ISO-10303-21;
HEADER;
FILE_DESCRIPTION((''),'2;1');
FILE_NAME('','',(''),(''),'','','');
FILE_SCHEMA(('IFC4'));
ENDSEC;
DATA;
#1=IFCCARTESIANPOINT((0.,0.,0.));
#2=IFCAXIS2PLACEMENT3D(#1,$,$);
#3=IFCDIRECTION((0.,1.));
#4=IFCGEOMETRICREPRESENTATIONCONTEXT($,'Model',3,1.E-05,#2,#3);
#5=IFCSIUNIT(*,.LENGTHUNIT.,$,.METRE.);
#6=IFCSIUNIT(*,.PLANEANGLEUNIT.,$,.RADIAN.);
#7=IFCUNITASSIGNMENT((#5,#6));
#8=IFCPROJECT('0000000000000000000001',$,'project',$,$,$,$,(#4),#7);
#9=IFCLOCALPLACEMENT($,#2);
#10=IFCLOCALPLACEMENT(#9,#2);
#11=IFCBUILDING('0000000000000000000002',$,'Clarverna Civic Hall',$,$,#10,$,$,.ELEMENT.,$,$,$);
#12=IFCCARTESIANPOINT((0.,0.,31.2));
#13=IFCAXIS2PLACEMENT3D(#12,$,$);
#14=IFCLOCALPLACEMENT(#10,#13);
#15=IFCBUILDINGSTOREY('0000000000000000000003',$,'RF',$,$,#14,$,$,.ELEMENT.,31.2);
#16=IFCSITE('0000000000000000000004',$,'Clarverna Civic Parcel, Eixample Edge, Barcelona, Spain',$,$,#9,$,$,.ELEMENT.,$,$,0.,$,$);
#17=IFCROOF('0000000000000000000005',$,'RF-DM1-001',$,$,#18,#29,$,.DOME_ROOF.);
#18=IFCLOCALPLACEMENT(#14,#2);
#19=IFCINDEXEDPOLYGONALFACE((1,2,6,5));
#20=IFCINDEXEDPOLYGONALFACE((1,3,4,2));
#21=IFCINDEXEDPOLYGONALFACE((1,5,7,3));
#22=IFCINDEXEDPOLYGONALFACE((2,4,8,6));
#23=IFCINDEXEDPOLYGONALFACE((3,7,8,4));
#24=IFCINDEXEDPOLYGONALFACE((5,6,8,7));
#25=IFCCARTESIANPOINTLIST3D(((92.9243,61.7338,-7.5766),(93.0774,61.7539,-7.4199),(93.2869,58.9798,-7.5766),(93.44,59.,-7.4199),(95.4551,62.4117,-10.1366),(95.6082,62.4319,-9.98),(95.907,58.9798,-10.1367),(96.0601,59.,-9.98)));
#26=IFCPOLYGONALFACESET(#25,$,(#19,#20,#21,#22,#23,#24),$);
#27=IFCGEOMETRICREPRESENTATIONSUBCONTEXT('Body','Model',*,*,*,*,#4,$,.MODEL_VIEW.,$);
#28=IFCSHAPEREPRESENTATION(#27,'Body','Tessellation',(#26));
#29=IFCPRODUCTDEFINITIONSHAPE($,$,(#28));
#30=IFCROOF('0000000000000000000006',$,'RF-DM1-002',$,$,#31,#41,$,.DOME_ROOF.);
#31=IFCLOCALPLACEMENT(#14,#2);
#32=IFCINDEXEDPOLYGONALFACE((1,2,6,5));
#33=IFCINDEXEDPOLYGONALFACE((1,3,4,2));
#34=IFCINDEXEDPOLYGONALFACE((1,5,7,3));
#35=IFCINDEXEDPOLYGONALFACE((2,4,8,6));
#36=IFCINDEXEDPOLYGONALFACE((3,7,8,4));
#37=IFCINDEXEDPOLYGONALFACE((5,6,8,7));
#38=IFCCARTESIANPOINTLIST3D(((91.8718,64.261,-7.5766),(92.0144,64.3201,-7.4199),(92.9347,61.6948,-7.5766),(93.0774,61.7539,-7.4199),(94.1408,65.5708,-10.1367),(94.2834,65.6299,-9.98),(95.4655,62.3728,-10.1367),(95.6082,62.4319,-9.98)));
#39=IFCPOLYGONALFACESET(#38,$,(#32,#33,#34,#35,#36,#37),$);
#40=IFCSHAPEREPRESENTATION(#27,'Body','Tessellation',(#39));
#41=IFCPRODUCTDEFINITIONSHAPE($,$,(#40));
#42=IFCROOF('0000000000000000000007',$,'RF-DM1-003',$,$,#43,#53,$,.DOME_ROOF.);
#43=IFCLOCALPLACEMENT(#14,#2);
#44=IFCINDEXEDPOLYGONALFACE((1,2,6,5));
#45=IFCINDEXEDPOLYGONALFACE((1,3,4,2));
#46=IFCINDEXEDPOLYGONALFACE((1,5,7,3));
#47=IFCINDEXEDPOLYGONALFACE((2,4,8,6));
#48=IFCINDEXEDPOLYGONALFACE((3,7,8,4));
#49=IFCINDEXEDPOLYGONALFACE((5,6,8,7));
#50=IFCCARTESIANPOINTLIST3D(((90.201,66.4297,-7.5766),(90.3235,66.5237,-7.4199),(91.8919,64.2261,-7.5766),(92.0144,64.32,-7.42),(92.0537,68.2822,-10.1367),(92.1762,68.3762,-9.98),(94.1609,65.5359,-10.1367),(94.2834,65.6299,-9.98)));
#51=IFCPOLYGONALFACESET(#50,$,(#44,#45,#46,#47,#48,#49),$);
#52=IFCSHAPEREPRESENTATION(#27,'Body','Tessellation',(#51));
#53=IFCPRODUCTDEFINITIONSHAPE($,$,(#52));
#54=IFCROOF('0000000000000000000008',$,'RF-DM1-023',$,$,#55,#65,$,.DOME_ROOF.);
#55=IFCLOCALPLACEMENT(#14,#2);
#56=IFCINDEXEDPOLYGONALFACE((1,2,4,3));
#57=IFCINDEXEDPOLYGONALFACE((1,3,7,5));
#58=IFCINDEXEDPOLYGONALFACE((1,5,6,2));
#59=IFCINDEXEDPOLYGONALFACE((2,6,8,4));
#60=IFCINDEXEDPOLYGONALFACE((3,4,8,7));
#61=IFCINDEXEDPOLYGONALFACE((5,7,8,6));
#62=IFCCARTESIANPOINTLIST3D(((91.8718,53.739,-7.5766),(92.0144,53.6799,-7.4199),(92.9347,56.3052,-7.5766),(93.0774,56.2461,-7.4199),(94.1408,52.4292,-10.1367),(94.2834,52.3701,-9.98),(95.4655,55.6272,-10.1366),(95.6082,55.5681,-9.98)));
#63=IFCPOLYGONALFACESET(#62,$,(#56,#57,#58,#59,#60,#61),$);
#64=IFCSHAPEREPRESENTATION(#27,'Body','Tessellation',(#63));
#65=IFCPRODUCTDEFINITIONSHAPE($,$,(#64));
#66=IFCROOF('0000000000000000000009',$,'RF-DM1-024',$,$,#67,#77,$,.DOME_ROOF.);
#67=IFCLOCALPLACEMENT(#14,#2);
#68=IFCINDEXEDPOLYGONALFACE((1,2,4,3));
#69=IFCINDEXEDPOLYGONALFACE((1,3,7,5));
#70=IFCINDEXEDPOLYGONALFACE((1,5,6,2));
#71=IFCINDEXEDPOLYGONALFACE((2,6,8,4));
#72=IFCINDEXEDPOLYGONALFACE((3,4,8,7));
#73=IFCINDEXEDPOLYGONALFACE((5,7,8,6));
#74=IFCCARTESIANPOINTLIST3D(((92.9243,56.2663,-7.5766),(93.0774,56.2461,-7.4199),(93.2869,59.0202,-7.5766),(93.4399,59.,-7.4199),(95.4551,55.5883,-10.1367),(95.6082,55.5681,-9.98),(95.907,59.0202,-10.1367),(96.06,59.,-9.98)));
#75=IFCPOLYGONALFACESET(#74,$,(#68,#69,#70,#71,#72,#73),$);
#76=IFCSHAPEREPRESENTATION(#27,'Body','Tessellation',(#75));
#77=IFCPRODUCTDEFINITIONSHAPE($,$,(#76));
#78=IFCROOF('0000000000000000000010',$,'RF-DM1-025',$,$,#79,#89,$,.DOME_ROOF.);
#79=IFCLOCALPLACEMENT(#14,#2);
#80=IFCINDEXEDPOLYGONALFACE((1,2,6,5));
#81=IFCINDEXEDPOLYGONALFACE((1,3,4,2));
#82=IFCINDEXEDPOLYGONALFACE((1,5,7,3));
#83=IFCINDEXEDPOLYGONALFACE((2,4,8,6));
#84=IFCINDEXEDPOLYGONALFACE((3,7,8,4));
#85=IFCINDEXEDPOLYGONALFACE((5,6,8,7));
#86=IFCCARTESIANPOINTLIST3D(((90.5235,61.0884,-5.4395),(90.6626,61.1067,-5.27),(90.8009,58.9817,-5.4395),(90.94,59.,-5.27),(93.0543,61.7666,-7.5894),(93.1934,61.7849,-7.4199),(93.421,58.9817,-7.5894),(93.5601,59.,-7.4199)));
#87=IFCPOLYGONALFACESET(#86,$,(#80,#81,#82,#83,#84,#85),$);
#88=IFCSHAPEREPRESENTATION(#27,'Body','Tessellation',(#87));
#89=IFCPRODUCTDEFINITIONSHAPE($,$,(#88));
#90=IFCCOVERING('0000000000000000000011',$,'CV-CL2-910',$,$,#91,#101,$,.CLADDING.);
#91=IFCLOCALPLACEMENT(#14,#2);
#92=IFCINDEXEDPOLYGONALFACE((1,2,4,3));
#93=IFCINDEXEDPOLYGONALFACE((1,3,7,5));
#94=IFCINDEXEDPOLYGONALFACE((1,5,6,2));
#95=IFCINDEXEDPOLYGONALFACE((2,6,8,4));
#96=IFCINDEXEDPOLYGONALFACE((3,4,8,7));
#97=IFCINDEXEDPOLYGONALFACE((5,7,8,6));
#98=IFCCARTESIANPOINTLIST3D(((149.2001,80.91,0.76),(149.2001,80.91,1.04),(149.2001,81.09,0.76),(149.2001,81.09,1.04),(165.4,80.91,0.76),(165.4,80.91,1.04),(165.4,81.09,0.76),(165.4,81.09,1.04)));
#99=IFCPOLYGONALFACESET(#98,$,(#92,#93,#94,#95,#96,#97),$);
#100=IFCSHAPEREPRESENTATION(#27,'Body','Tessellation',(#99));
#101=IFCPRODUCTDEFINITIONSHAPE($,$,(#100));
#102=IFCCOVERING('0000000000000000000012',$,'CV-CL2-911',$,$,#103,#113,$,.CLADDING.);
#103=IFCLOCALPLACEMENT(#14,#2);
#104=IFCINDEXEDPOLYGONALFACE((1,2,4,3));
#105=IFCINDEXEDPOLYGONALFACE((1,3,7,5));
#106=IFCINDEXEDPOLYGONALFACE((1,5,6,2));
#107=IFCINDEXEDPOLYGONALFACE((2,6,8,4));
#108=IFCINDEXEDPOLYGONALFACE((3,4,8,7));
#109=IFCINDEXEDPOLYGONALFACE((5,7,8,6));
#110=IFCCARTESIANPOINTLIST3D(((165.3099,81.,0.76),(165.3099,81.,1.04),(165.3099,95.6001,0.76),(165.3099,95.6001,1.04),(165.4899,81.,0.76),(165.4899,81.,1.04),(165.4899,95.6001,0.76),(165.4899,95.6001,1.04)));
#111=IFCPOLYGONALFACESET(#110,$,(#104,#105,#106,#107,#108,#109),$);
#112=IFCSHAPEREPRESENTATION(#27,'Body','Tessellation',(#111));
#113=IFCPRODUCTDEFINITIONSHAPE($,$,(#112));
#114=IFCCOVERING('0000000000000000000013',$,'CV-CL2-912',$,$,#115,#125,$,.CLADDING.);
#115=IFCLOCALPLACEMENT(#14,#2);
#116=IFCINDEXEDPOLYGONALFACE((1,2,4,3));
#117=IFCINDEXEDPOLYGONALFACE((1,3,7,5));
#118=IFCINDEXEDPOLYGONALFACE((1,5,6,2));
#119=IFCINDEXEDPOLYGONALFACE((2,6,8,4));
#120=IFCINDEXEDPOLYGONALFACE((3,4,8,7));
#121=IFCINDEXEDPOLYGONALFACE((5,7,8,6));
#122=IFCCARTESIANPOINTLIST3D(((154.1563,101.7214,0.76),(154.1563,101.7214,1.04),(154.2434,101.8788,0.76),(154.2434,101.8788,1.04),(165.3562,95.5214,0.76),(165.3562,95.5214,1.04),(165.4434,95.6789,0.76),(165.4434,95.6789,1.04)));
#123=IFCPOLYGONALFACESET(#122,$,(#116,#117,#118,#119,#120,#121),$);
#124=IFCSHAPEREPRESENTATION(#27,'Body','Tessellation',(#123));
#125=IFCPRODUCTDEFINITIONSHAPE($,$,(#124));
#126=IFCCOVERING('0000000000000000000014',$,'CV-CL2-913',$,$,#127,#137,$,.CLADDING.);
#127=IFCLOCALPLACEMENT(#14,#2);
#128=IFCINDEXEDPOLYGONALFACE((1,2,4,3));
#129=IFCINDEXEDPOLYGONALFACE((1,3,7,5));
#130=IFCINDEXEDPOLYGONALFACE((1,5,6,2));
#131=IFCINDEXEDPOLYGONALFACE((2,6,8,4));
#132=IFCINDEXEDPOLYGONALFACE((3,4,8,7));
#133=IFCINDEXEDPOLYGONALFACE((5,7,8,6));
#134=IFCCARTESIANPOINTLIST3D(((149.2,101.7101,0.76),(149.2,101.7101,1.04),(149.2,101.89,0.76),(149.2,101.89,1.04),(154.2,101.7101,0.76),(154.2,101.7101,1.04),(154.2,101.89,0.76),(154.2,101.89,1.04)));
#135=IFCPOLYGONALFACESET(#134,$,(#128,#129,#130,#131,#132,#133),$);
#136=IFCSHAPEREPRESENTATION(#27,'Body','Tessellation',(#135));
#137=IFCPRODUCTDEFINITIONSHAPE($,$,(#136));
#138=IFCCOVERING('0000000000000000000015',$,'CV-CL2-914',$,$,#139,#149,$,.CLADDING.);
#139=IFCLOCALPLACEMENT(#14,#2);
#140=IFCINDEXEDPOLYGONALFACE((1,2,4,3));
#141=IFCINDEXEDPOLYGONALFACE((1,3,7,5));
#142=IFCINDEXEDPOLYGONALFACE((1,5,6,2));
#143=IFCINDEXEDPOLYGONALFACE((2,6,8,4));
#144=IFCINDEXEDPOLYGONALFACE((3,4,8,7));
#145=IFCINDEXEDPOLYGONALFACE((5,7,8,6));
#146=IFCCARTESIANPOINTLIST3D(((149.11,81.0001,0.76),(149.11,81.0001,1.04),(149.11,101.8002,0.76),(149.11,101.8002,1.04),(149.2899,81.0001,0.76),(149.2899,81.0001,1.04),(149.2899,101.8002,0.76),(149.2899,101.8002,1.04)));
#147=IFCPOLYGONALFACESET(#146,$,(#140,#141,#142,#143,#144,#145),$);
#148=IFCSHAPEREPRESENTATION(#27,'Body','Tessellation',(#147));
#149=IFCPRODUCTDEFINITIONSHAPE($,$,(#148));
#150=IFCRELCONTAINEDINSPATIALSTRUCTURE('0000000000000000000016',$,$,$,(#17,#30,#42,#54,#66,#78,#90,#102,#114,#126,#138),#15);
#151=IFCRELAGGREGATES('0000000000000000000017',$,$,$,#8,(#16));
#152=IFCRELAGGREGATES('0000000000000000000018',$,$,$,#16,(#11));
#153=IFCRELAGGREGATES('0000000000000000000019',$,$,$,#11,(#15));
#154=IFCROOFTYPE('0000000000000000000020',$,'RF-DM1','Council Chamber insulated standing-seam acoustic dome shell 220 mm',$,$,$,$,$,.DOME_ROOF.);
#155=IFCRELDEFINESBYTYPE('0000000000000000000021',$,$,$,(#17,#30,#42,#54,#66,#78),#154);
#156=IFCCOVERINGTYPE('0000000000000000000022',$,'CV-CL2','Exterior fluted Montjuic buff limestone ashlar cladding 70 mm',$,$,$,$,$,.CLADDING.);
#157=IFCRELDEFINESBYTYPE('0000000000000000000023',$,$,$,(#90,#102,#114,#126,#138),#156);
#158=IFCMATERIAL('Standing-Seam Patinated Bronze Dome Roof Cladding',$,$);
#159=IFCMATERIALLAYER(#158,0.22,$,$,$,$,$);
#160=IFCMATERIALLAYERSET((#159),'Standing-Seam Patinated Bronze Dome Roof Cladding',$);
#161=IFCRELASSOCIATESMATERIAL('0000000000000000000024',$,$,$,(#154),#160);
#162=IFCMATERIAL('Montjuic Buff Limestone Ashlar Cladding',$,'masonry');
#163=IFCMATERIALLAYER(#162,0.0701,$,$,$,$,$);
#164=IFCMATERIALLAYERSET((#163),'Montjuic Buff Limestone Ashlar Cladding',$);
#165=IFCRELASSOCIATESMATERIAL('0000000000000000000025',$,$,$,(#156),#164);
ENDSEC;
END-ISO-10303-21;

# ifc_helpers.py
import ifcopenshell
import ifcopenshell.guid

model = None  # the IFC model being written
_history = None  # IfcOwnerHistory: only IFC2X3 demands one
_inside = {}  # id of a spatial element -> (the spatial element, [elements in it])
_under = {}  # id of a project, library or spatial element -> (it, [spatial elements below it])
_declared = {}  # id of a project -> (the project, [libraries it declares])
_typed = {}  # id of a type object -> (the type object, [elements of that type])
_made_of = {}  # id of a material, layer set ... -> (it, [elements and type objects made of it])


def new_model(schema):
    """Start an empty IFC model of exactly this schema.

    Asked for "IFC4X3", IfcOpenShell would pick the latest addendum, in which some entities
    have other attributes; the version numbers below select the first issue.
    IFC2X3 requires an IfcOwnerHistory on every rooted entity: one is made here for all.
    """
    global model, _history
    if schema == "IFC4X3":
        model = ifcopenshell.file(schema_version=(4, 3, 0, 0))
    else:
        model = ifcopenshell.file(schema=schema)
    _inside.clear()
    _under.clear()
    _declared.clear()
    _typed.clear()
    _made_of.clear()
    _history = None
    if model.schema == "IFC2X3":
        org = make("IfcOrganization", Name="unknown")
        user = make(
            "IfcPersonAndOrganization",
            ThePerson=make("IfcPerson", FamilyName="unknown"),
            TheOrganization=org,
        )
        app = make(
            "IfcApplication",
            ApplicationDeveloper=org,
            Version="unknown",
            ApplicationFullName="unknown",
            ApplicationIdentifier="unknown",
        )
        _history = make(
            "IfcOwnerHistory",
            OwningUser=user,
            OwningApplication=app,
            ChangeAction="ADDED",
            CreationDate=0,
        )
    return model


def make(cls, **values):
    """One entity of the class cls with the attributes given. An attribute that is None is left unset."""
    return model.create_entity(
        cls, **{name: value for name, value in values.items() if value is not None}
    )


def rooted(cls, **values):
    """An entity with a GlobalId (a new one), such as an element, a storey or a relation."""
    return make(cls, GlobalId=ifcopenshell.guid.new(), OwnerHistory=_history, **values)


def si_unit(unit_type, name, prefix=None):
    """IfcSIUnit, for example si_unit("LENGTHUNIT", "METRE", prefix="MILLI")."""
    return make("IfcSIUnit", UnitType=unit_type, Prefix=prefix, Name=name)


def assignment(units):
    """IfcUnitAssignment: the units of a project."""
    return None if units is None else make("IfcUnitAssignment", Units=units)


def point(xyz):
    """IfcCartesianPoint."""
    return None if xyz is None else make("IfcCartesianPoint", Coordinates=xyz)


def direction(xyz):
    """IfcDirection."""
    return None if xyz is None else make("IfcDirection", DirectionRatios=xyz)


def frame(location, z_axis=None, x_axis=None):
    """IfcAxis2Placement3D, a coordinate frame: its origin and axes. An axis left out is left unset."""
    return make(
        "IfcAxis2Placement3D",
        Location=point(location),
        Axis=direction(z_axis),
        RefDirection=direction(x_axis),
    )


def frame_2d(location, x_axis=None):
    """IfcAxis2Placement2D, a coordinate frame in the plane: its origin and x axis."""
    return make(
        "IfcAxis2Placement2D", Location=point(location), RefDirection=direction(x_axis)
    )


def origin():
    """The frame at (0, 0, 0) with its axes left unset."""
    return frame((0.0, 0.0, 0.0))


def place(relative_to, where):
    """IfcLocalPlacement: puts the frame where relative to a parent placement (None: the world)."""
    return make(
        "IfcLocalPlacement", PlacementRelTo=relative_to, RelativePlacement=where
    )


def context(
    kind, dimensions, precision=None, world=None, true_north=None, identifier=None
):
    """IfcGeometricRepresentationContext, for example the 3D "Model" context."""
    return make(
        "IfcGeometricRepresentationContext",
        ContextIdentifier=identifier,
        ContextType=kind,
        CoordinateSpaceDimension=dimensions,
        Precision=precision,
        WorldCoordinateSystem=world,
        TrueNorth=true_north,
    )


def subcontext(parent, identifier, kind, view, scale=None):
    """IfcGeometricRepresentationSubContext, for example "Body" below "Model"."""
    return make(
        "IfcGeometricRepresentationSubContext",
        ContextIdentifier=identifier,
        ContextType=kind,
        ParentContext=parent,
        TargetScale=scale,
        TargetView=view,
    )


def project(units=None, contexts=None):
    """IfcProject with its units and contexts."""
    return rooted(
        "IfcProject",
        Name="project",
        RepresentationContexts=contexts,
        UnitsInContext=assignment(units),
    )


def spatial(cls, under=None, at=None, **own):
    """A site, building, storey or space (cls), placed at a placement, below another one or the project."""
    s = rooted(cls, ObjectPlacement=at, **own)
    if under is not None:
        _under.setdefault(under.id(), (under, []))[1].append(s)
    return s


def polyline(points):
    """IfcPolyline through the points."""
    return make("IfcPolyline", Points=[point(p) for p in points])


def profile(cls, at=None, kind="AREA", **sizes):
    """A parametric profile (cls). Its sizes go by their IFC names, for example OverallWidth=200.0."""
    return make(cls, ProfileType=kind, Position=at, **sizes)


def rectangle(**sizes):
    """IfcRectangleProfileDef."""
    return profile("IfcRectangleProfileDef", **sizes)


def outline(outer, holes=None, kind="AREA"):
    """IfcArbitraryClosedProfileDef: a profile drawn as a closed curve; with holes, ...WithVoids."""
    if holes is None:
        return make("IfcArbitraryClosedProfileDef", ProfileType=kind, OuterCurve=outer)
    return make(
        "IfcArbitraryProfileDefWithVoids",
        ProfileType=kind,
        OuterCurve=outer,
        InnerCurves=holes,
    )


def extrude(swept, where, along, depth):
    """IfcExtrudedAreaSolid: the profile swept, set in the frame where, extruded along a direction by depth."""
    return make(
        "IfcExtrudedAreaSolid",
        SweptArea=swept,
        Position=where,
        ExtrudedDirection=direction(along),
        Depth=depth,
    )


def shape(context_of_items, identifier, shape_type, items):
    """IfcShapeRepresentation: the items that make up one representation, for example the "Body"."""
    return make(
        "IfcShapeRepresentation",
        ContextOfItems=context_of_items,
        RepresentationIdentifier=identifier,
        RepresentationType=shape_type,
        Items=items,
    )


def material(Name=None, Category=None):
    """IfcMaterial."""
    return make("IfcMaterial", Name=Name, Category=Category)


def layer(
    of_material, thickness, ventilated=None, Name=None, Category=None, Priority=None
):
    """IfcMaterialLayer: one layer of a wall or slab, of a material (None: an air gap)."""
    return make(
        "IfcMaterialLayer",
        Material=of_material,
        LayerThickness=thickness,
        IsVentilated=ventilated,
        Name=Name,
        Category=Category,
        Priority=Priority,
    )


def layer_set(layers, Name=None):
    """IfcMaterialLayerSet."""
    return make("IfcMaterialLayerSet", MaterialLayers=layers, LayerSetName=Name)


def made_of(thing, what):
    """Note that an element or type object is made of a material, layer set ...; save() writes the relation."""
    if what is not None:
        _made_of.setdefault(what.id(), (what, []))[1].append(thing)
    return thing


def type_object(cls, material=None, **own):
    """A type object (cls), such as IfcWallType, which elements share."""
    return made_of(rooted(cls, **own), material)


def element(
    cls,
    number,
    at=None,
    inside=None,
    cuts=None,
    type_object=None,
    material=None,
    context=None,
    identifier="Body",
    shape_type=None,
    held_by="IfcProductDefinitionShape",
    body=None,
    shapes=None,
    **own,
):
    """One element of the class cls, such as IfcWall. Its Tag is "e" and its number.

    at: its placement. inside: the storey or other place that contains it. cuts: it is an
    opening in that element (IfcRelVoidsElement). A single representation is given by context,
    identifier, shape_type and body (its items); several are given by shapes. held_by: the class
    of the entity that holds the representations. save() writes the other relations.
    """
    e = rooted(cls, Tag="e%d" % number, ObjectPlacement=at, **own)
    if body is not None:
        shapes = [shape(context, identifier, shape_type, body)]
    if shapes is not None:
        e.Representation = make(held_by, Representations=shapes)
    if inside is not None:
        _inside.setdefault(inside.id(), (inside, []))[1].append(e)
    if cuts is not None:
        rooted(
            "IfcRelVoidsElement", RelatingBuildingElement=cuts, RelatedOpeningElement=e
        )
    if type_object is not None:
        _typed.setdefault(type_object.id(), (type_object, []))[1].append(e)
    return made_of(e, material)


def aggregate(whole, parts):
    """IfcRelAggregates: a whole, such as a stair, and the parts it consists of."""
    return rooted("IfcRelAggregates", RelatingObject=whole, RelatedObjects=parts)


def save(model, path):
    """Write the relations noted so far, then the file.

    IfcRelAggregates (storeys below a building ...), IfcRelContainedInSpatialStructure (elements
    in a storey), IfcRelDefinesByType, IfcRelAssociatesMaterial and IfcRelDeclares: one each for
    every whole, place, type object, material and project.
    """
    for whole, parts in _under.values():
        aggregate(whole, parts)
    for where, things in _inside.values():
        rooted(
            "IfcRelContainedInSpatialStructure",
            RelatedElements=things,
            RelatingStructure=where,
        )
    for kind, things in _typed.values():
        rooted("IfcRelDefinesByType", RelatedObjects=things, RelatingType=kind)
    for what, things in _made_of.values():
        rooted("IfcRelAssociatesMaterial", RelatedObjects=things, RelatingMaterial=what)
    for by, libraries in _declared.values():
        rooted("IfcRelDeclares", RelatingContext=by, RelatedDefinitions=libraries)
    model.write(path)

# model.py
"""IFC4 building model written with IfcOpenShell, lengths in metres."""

from ifc_helpers import new_model, si_unit, direction, frame, frame_2d, origin, place, context, subcontext, project, spatial, polyline, rectangle, outline, extrude, material, layer, layer_set, type_object, element, save


model = new_model("IFC4")

# Units and contexts
model_context = context("Model", 3, precision=1e-05, world=origin(), true_north=direction((0.0, 1.0)))
body_context = subcontext(model_context, "Body", "Model", "MODEL_VIEW")
ifc_project = project(units=[si_unit("LENGTHUNIT", "METRE"), si_unit("PLANEANGLEUNIT", "RADIAN")], contexts=[model_context])

# Site, building, storey
site_placement = place(None, origin())
site = spatial("IfcSite", under=ifc_project, at=site_placement, Name="Clarverna Civic Parcel, Eixample Edge, Barcelona, Spain", CompositionType="ELEMENT", RefElevation=0.0)
building_placement = place(site_placement, origin())
building = spatial("IfcBuilding", under=site, at=building_placement, Name="Clarverna Civic Hall", CompositionType="ELEMENT")
storey_placement = place(building_placement, frame((0.0, 0.0, 31.2)))
storey = spatial("IfcBuildingStorey", under=building, at=storey_placement, Name="RF", CompositionType="ELEMENT", Elevation=31.2)

# Roofs
ifc_material_1 = material(Name="Standing-Seam Patinated Bronze Dome Roof Cladding")
ifc_layer_1 = layer(ifc_material_1, 0.22)
ifc_layer_set_1 = layer_set([ifc_layer_1], Name="Standing-Seam Patinated Bronze Dome Roof Cladding")
roof_type = type_object("IfcRoofType", Name="RF-DM1", Description="Council Chamber insulated standing-seam acoustic dome shell 220 mm", PredefinedType="DOME_ROOF", material=ifc_layer_set_1)
roof_1_placement = place(storey_placement, frame((96.0601, 59.0, -9.98), z_axis=(0.695928, 0.091629, 0.712242), x_axis=(-0.130545, 0.991442, 0.000006)))
element("IfcRoof", 1, at=roof_1_placement, inside=storey, type_object=roof_type, Name="RF-DM1-001", PredefinedType="DOME_ROOF", context=body_context, shape_type="SweptSolid", body=[
    extrude(outline(polyline([(0.0, 0.0), (3.4615, 0.0), (3.1197, 3.6471), (0.3421, 3.6472), (0.0, 0.0)])), origin(), (0.0, 0.0, -1.0), 0.22),
])
roof_2_placement = place(storey_placement, frame((95.6082, 62.4319, -9.98), z_axis=(0.648509, 0.268633, 0.712231), x_axis=(-0.382697, 0.923874, 0.0)))
element("IfcRoof", 2, at=roof_2_placement, inside=storey, type_object=roof_type, Name="RF-DM1-002", PredefinedType="DOME_ROOF", context=body_context, shape_type="SweptSolid", body=[
    extrude(outline(polyline([(0.0, 0.0), (3.4615, 0.0), (3.1198, 3.6471), (0.3421, 3.6471), (0.0, 0.0)])), origin(), (0.0, 0.0, -1.0), 0.22),
])
roof_3_placement = place(storey_placement, frame((94.2834, 65.6299, -9.98), z_axis=(0.556896, 0.427306, 0.712234), x_axis=(-0.60874, 0.79337, -0.00001)))
element("IfcRoof", 3, at=roof_3_placement, inside=storey, type_object=roof_type, Name="RF-DM1-003", PredefinedType="DOME_ROOF", context=body_context, shape_type="SweptSolid", body=[
    extrude(outline(polyline([(0.0, 0.0), (3.4616, 0.0), (3.1197, 3.6472), (0.3421, 3.6471), (0.0, 0.0)])), origin(), (0.0, 0.0, -1.0), 0.22),
])
roof_4_placement = place(storey_placement, frame((94.2834, 52.3701, -9.98), z_axis=(0.648509, -0.268633, 0.712231), x_axis=(0.382697, 0.923874, 0.0)))
element("IfcRoof", 4, at=roof_4_placement, inside=storey, type_object=roof_type, Name="RF-DM1-023", PredefinedType="DOME_ROOF", context=body_context, shape_type="SweptSolid", body=[
    extrude(outline(polyline([(0.0, 0.0), (3.4615, 0.0), (3.1194, 3.6471), (0.3417, 3.6471), (0.0, 0.0)])), origin(), (0.0, 0.0, -1.0), 0.22),
])
roof_5_placement = place(storey_placement, frame((95.6082, 55.5681, -9.98), z_axis=(0.695928, -0.091629, 0.712242), x_axis=(0.130545, 0.991442, -0.000006)))
element("IfcRoof", 5, at=roof_5_placement, inside=storey, type_object=roof_type, Name="RF-DM1-024", PredefinedType="DOME_ROOF", context=body_context, shape_type="SweptSolid", body=[
    extrude(outline(polyline([(0.0, 0.0), (3.4615, 0.0), (3.1195, 3.6472), (0.3418, 3.6471), (0.0, 0.0)])), origin(), (0.0, 0.0, -1.0), 0.22),
])
roof_6_placement = place(storey_placement, frame((93.5601, 59.0, -7.4199), z_axis=(0.632131, 0.083228, 0.770379), x_axis=(-0.130543, 0.991443, 0.000005)))
element("IfcRoof", 6, at=roof_6_placement, inside=storey, type_object=roof_type, Name="RF-DM1-025", PredefinedType="DOME_ROOF", context=body_context, shape_type="SweptSolid", body=[
    extrude(outline(polyline([(0.0, 0.0), (2.809, 0.0), (2.4669, 3.3719), (0.342, 3.372), (0.0, 0.0)])), origin(), (0.0, 0.0, -1.0), 0.22),
])

# Coverings
ifc_material_2 = material(Name="Montjuic Buff Limestone Ashlar Cladding", Category="masonry")
ifc_layer_2 = layer(ifc_material_2, 0.0701)
ifc_layer_set_2 = layer_set([ifc_layer_2], Name="Montjuic Buff Limestone Ashlar Cladding")
covering_type = type_object("IfcCoveringType", Name="CV-CL2", Description="Exterior fluted Montjuic buff limestone ashlar cladding 70 mm", PredefinedType="CLADDING", material=ifc_layer_set_2)
covering_1_placement = place(storey_placement, frame((149.2, 81.0, 0.76), z_axis=(0.0, 0.0, 1.0), x_axis=(1.0, 0.0, 0.0)))
element("IfcCovering", 7, at=covering_1_placement, inside=storey, type_object=covering_type, Name="CV-CL2-910", PredefinedType="CLADDING", context=body_context, shape_type="SweptSolid", body=[
    extrude(rectangle(XDim=16.2, YDim=0.1799, at=frame_2d((8.1001, 0.0))), origin(), (0.0, 0.0, 1.0), 0.28),
])
covering_2_placement = place(storey_placement, frame((165.3999, 81.0, 0.76), z_axis=(0.0, 0.0, 1.0), x_axis=(0.0, 1.0, 0.0)))
element("IfcCovering", 8, at=covering_2_placement, inside=storey, type_object=covering_type, Name="CV-CL2-911", PredefinedType="CLADDING", context=body_context, shape_type="SweptSolid", body=[
    extrude(rectangle(XDim=14.6001, YDim=0.1799, at=frame_2d((7.3, 0.0))), origin(), (0.0, 0.0, 1.0), 0.28),
])
covering_3_placement = place(storey_placement, frame((165.3999, 95.6001, 0.76), z_axis=(0.0, 0.0, 1.0), x_axis=(-0.874894, 0.484315, 0.0)))
element("IfcCovering", 9, at=covering_3_placement, inside=storey, type_object=covering_type, Name="CV-CL2-912", PredefinedType="CLADDING", context=body_context, shape_type="SweptSolid", body=[
    extrude(rectangle(XDim=12.8015, YDim=0.1799, at=frame_2d((6.4009, 0.0))), origin(), (0.0, 0.0, 1.0), 0.28),
])
covering_4_placement = place(storey_placement, frame((154.2, 101.8, 0.76), z_axis=(0.0, 0.0, 1.0), x_axis=(-1.0, 0.0, 0.0)))
element("IfcCovering", 10, at=covering_4_placement, inside=storey, type_object=covering_type, Name="CV-CL2-913", PredefinedType="CLADDING", context=body_context, shape_type="SweptSolid", body=[
    extrude(rectangle(XDim=5.0, YDim=0.1799, at=frame_2d((2.5, 0.0))), origin(), (0.0, 0.0, 1.0), 0.28),
])
covering_5_placement = place(storey_placement, frame((149.2, 101.8, 0.76), z_axis=(0.0, 0.0, 1.0), x_axis=(0.0, -1.0, 0.0)))
element("IfcCovering", 11, at=covering_5_placement, inside=storey, type_object=covering_type, Name="CV-CL2-914", PredefinedType="CLADDING", context=body_context, shape_type="SweptSolid", body=[
    extrude(rectangle(XDim=20.8, YDim=0.1799, at=frame_2d((10.3999, 0.0))), origin(), (0.0, 0.0, 1.0), 0.28),
])

save(model, "model.ifc")
